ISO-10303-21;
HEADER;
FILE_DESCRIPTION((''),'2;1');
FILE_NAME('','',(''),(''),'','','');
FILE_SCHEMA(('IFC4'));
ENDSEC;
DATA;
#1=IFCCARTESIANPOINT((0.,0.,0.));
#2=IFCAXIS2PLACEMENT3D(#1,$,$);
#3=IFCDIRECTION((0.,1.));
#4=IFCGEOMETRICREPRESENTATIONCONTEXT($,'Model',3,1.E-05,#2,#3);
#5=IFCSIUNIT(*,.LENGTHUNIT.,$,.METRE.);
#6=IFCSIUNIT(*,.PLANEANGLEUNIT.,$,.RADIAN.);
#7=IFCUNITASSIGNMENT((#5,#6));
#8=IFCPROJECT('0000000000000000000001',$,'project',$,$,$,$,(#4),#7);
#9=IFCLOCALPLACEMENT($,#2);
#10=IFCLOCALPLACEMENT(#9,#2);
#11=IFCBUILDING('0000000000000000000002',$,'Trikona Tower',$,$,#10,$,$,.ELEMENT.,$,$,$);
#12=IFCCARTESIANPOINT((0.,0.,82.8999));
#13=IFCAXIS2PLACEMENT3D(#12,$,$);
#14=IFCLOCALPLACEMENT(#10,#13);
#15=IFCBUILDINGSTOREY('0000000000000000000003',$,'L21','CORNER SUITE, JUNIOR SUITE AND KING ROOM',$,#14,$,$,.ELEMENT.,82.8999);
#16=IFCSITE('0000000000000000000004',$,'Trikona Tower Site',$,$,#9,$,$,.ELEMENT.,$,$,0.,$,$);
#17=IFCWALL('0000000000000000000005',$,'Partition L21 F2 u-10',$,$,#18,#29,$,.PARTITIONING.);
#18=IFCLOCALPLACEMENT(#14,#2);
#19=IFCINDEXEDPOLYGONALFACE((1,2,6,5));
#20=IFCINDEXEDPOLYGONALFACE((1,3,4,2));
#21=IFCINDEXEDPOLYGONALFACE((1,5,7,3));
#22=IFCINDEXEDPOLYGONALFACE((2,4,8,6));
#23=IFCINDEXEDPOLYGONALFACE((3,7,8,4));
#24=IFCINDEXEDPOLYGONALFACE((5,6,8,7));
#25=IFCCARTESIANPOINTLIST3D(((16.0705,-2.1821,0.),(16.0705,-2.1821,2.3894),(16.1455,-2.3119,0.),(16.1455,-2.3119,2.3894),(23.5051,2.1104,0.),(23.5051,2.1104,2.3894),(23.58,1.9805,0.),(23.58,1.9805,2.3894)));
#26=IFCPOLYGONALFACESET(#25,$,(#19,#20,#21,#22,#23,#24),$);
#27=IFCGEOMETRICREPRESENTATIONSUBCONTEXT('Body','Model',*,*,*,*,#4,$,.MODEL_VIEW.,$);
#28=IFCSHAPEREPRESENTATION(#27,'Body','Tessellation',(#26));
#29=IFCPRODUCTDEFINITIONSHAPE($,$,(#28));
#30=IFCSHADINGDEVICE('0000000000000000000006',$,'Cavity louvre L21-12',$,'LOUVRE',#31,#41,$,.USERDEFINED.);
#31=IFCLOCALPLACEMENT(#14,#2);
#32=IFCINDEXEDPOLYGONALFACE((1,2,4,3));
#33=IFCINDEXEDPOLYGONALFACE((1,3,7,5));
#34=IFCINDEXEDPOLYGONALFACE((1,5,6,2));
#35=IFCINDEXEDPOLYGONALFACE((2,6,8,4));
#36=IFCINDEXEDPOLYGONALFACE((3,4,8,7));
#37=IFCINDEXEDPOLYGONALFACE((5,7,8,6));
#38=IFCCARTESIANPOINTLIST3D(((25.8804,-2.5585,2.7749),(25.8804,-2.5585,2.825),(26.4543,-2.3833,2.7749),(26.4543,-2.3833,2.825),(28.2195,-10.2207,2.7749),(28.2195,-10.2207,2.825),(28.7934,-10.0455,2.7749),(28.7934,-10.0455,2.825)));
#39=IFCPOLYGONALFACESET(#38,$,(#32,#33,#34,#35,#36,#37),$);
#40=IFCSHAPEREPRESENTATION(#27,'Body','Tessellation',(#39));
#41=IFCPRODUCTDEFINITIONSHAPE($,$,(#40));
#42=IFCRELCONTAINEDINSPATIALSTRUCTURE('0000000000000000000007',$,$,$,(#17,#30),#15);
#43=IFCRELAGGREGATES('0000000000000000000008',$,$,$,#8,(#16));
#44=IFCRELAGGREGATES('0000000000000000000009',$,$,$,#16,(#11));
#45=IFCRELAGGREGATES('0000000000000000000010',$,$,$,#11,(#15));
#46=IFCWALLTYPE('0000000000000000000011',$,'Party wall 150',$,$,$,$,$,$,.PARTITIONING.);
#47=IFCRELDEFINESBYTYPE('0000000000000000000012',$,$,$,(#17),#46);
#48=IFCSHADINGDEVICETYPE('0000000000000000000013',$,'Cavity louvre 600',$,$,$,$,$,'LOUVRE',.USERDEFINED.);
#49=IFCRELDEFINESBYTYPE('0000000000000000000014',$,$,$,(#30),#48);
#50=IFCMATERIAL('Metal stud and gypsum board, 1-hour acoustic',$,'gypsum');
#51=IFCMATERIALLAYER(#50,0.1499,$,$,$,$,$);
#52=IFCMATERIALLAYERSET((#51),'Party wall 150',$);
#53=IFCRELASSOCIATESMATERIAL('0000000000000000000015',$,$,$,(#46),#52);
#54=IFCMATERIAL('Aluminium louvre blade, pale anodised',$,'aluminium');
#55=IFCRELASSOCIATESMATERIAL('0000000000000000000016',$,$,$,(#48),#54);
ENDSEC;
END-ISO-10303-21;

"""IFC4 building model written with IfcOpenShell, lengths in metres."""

from ifc_helpers import new_model, si_unit, direction, frame, frame_2d, origin, origin_2d, place, context, subcontext, project, spatial, rectangle, extrude, material, layer, layer_set, type_object, element, save


model = new_model("IFC4")

# Units and contexts
model_context = context("Model", 3, precision=1e-05, world=origin(), true_north=direction((0.0, 1.0)))
body_context = subcontext(model_context, "Body", "Model", "MODEL_VIEW")
ifc_project = project(units=[si_unit("LENGTHUNIT", "METRE"), si_unit("PLANEANGLEUNIT", "RADIAN")], contexts=[model_context])

# Site, building, storey
site_placement = place(None, origin())
site = spatial("IfcSite", under=ifc_project, at=site_placement, Name="Trikona Tower Site", CompositionType="ELEMENT", RefElevation=0.0)
building_placement = place(site_placement, origin())
building = spatial("IfcBuilding", under=site, at=building_placement, Name="Trikona Tower", CompositionType="ELEMENT")
storey_placement = place(building_placement, frame((0.0, 0.0, 82.8999)))
storey = spatial("IfcBuildingStorey", under=building, at=storey_placement, Name="L21", Description="CORNER SUITE, JUNIOR SUITE AND KING ROOM", CompositionType="ELEMENT", Elevation=82.8999)

# Wall
ifc_material_1 = material(Name="Metal stud and gypsum board, 1-hour acoustic", Category="gypsum")
ifc_layer_1 = layer(ifc_material_1, 0.1499)
ifc_layer_set_1 = layer_set([ifc_layer_1], Name="Party wall 150")
wall_type_1 = type_object("IfcWallType", Name="Party wall 150", PredefinedType="PARTITIONING", material=ifc_layer_set_1)
wall_1_placement = place(storey_placement, frame((16.1079, -2.2471, 0.0), z_axis=(0.0, 0.0, 1.0), x_axis=(0.866019, 0.500011, 0.0)))
element("IfcWall", 1, at=wall_1_placement, inside=storey, type_object=wall_type_1, Name="Partition L21 F2 u-10", PredefinedType="PARTITIONING", context=body_context, shape_type="SweptSolid", body=[
    extrude(rectangle(XDim=8.5847, YDim=0.1499, at=frame_2d((4.2925, 0.0))), origin(), (0.0, 0.0, 1.0), 2.3894),
])

# Shading device
ifc_material_2 = material(Name="Aluminium louvre blade, pale anodised", Category="aluminium")
shading_device_type = type_object("IfcShadingDeviceType", Name="Cavity louvre 600", ElementType="LOUVRE", PredefinedType="USERDEFINED", material=ifc_material_2)
shading_device_placement = place(storey_placement, frame((27.3369, -6.302, 2.7749), z_axis=(0.0, 0.0, 1.0), x_axis=(-0.291979, 0.956425, 0.0)))
element("IfcShadingDevice", 2, at=shading_device_placement, inside=storey, type_object=shading_device_type, Name="Cavity louvre L21-12", ObjectType="LOUVRE", PredefinedType="USERDEFINED", context=body_context, shape_type="SweptSolid", body=[
    extrude(rectangle(XDim=8.0112, YDim=0.6001, at=origin_2d()), origin(), (0.0, 0.0, 1.0), 0.05),
])

save(model, "model.ifc")
